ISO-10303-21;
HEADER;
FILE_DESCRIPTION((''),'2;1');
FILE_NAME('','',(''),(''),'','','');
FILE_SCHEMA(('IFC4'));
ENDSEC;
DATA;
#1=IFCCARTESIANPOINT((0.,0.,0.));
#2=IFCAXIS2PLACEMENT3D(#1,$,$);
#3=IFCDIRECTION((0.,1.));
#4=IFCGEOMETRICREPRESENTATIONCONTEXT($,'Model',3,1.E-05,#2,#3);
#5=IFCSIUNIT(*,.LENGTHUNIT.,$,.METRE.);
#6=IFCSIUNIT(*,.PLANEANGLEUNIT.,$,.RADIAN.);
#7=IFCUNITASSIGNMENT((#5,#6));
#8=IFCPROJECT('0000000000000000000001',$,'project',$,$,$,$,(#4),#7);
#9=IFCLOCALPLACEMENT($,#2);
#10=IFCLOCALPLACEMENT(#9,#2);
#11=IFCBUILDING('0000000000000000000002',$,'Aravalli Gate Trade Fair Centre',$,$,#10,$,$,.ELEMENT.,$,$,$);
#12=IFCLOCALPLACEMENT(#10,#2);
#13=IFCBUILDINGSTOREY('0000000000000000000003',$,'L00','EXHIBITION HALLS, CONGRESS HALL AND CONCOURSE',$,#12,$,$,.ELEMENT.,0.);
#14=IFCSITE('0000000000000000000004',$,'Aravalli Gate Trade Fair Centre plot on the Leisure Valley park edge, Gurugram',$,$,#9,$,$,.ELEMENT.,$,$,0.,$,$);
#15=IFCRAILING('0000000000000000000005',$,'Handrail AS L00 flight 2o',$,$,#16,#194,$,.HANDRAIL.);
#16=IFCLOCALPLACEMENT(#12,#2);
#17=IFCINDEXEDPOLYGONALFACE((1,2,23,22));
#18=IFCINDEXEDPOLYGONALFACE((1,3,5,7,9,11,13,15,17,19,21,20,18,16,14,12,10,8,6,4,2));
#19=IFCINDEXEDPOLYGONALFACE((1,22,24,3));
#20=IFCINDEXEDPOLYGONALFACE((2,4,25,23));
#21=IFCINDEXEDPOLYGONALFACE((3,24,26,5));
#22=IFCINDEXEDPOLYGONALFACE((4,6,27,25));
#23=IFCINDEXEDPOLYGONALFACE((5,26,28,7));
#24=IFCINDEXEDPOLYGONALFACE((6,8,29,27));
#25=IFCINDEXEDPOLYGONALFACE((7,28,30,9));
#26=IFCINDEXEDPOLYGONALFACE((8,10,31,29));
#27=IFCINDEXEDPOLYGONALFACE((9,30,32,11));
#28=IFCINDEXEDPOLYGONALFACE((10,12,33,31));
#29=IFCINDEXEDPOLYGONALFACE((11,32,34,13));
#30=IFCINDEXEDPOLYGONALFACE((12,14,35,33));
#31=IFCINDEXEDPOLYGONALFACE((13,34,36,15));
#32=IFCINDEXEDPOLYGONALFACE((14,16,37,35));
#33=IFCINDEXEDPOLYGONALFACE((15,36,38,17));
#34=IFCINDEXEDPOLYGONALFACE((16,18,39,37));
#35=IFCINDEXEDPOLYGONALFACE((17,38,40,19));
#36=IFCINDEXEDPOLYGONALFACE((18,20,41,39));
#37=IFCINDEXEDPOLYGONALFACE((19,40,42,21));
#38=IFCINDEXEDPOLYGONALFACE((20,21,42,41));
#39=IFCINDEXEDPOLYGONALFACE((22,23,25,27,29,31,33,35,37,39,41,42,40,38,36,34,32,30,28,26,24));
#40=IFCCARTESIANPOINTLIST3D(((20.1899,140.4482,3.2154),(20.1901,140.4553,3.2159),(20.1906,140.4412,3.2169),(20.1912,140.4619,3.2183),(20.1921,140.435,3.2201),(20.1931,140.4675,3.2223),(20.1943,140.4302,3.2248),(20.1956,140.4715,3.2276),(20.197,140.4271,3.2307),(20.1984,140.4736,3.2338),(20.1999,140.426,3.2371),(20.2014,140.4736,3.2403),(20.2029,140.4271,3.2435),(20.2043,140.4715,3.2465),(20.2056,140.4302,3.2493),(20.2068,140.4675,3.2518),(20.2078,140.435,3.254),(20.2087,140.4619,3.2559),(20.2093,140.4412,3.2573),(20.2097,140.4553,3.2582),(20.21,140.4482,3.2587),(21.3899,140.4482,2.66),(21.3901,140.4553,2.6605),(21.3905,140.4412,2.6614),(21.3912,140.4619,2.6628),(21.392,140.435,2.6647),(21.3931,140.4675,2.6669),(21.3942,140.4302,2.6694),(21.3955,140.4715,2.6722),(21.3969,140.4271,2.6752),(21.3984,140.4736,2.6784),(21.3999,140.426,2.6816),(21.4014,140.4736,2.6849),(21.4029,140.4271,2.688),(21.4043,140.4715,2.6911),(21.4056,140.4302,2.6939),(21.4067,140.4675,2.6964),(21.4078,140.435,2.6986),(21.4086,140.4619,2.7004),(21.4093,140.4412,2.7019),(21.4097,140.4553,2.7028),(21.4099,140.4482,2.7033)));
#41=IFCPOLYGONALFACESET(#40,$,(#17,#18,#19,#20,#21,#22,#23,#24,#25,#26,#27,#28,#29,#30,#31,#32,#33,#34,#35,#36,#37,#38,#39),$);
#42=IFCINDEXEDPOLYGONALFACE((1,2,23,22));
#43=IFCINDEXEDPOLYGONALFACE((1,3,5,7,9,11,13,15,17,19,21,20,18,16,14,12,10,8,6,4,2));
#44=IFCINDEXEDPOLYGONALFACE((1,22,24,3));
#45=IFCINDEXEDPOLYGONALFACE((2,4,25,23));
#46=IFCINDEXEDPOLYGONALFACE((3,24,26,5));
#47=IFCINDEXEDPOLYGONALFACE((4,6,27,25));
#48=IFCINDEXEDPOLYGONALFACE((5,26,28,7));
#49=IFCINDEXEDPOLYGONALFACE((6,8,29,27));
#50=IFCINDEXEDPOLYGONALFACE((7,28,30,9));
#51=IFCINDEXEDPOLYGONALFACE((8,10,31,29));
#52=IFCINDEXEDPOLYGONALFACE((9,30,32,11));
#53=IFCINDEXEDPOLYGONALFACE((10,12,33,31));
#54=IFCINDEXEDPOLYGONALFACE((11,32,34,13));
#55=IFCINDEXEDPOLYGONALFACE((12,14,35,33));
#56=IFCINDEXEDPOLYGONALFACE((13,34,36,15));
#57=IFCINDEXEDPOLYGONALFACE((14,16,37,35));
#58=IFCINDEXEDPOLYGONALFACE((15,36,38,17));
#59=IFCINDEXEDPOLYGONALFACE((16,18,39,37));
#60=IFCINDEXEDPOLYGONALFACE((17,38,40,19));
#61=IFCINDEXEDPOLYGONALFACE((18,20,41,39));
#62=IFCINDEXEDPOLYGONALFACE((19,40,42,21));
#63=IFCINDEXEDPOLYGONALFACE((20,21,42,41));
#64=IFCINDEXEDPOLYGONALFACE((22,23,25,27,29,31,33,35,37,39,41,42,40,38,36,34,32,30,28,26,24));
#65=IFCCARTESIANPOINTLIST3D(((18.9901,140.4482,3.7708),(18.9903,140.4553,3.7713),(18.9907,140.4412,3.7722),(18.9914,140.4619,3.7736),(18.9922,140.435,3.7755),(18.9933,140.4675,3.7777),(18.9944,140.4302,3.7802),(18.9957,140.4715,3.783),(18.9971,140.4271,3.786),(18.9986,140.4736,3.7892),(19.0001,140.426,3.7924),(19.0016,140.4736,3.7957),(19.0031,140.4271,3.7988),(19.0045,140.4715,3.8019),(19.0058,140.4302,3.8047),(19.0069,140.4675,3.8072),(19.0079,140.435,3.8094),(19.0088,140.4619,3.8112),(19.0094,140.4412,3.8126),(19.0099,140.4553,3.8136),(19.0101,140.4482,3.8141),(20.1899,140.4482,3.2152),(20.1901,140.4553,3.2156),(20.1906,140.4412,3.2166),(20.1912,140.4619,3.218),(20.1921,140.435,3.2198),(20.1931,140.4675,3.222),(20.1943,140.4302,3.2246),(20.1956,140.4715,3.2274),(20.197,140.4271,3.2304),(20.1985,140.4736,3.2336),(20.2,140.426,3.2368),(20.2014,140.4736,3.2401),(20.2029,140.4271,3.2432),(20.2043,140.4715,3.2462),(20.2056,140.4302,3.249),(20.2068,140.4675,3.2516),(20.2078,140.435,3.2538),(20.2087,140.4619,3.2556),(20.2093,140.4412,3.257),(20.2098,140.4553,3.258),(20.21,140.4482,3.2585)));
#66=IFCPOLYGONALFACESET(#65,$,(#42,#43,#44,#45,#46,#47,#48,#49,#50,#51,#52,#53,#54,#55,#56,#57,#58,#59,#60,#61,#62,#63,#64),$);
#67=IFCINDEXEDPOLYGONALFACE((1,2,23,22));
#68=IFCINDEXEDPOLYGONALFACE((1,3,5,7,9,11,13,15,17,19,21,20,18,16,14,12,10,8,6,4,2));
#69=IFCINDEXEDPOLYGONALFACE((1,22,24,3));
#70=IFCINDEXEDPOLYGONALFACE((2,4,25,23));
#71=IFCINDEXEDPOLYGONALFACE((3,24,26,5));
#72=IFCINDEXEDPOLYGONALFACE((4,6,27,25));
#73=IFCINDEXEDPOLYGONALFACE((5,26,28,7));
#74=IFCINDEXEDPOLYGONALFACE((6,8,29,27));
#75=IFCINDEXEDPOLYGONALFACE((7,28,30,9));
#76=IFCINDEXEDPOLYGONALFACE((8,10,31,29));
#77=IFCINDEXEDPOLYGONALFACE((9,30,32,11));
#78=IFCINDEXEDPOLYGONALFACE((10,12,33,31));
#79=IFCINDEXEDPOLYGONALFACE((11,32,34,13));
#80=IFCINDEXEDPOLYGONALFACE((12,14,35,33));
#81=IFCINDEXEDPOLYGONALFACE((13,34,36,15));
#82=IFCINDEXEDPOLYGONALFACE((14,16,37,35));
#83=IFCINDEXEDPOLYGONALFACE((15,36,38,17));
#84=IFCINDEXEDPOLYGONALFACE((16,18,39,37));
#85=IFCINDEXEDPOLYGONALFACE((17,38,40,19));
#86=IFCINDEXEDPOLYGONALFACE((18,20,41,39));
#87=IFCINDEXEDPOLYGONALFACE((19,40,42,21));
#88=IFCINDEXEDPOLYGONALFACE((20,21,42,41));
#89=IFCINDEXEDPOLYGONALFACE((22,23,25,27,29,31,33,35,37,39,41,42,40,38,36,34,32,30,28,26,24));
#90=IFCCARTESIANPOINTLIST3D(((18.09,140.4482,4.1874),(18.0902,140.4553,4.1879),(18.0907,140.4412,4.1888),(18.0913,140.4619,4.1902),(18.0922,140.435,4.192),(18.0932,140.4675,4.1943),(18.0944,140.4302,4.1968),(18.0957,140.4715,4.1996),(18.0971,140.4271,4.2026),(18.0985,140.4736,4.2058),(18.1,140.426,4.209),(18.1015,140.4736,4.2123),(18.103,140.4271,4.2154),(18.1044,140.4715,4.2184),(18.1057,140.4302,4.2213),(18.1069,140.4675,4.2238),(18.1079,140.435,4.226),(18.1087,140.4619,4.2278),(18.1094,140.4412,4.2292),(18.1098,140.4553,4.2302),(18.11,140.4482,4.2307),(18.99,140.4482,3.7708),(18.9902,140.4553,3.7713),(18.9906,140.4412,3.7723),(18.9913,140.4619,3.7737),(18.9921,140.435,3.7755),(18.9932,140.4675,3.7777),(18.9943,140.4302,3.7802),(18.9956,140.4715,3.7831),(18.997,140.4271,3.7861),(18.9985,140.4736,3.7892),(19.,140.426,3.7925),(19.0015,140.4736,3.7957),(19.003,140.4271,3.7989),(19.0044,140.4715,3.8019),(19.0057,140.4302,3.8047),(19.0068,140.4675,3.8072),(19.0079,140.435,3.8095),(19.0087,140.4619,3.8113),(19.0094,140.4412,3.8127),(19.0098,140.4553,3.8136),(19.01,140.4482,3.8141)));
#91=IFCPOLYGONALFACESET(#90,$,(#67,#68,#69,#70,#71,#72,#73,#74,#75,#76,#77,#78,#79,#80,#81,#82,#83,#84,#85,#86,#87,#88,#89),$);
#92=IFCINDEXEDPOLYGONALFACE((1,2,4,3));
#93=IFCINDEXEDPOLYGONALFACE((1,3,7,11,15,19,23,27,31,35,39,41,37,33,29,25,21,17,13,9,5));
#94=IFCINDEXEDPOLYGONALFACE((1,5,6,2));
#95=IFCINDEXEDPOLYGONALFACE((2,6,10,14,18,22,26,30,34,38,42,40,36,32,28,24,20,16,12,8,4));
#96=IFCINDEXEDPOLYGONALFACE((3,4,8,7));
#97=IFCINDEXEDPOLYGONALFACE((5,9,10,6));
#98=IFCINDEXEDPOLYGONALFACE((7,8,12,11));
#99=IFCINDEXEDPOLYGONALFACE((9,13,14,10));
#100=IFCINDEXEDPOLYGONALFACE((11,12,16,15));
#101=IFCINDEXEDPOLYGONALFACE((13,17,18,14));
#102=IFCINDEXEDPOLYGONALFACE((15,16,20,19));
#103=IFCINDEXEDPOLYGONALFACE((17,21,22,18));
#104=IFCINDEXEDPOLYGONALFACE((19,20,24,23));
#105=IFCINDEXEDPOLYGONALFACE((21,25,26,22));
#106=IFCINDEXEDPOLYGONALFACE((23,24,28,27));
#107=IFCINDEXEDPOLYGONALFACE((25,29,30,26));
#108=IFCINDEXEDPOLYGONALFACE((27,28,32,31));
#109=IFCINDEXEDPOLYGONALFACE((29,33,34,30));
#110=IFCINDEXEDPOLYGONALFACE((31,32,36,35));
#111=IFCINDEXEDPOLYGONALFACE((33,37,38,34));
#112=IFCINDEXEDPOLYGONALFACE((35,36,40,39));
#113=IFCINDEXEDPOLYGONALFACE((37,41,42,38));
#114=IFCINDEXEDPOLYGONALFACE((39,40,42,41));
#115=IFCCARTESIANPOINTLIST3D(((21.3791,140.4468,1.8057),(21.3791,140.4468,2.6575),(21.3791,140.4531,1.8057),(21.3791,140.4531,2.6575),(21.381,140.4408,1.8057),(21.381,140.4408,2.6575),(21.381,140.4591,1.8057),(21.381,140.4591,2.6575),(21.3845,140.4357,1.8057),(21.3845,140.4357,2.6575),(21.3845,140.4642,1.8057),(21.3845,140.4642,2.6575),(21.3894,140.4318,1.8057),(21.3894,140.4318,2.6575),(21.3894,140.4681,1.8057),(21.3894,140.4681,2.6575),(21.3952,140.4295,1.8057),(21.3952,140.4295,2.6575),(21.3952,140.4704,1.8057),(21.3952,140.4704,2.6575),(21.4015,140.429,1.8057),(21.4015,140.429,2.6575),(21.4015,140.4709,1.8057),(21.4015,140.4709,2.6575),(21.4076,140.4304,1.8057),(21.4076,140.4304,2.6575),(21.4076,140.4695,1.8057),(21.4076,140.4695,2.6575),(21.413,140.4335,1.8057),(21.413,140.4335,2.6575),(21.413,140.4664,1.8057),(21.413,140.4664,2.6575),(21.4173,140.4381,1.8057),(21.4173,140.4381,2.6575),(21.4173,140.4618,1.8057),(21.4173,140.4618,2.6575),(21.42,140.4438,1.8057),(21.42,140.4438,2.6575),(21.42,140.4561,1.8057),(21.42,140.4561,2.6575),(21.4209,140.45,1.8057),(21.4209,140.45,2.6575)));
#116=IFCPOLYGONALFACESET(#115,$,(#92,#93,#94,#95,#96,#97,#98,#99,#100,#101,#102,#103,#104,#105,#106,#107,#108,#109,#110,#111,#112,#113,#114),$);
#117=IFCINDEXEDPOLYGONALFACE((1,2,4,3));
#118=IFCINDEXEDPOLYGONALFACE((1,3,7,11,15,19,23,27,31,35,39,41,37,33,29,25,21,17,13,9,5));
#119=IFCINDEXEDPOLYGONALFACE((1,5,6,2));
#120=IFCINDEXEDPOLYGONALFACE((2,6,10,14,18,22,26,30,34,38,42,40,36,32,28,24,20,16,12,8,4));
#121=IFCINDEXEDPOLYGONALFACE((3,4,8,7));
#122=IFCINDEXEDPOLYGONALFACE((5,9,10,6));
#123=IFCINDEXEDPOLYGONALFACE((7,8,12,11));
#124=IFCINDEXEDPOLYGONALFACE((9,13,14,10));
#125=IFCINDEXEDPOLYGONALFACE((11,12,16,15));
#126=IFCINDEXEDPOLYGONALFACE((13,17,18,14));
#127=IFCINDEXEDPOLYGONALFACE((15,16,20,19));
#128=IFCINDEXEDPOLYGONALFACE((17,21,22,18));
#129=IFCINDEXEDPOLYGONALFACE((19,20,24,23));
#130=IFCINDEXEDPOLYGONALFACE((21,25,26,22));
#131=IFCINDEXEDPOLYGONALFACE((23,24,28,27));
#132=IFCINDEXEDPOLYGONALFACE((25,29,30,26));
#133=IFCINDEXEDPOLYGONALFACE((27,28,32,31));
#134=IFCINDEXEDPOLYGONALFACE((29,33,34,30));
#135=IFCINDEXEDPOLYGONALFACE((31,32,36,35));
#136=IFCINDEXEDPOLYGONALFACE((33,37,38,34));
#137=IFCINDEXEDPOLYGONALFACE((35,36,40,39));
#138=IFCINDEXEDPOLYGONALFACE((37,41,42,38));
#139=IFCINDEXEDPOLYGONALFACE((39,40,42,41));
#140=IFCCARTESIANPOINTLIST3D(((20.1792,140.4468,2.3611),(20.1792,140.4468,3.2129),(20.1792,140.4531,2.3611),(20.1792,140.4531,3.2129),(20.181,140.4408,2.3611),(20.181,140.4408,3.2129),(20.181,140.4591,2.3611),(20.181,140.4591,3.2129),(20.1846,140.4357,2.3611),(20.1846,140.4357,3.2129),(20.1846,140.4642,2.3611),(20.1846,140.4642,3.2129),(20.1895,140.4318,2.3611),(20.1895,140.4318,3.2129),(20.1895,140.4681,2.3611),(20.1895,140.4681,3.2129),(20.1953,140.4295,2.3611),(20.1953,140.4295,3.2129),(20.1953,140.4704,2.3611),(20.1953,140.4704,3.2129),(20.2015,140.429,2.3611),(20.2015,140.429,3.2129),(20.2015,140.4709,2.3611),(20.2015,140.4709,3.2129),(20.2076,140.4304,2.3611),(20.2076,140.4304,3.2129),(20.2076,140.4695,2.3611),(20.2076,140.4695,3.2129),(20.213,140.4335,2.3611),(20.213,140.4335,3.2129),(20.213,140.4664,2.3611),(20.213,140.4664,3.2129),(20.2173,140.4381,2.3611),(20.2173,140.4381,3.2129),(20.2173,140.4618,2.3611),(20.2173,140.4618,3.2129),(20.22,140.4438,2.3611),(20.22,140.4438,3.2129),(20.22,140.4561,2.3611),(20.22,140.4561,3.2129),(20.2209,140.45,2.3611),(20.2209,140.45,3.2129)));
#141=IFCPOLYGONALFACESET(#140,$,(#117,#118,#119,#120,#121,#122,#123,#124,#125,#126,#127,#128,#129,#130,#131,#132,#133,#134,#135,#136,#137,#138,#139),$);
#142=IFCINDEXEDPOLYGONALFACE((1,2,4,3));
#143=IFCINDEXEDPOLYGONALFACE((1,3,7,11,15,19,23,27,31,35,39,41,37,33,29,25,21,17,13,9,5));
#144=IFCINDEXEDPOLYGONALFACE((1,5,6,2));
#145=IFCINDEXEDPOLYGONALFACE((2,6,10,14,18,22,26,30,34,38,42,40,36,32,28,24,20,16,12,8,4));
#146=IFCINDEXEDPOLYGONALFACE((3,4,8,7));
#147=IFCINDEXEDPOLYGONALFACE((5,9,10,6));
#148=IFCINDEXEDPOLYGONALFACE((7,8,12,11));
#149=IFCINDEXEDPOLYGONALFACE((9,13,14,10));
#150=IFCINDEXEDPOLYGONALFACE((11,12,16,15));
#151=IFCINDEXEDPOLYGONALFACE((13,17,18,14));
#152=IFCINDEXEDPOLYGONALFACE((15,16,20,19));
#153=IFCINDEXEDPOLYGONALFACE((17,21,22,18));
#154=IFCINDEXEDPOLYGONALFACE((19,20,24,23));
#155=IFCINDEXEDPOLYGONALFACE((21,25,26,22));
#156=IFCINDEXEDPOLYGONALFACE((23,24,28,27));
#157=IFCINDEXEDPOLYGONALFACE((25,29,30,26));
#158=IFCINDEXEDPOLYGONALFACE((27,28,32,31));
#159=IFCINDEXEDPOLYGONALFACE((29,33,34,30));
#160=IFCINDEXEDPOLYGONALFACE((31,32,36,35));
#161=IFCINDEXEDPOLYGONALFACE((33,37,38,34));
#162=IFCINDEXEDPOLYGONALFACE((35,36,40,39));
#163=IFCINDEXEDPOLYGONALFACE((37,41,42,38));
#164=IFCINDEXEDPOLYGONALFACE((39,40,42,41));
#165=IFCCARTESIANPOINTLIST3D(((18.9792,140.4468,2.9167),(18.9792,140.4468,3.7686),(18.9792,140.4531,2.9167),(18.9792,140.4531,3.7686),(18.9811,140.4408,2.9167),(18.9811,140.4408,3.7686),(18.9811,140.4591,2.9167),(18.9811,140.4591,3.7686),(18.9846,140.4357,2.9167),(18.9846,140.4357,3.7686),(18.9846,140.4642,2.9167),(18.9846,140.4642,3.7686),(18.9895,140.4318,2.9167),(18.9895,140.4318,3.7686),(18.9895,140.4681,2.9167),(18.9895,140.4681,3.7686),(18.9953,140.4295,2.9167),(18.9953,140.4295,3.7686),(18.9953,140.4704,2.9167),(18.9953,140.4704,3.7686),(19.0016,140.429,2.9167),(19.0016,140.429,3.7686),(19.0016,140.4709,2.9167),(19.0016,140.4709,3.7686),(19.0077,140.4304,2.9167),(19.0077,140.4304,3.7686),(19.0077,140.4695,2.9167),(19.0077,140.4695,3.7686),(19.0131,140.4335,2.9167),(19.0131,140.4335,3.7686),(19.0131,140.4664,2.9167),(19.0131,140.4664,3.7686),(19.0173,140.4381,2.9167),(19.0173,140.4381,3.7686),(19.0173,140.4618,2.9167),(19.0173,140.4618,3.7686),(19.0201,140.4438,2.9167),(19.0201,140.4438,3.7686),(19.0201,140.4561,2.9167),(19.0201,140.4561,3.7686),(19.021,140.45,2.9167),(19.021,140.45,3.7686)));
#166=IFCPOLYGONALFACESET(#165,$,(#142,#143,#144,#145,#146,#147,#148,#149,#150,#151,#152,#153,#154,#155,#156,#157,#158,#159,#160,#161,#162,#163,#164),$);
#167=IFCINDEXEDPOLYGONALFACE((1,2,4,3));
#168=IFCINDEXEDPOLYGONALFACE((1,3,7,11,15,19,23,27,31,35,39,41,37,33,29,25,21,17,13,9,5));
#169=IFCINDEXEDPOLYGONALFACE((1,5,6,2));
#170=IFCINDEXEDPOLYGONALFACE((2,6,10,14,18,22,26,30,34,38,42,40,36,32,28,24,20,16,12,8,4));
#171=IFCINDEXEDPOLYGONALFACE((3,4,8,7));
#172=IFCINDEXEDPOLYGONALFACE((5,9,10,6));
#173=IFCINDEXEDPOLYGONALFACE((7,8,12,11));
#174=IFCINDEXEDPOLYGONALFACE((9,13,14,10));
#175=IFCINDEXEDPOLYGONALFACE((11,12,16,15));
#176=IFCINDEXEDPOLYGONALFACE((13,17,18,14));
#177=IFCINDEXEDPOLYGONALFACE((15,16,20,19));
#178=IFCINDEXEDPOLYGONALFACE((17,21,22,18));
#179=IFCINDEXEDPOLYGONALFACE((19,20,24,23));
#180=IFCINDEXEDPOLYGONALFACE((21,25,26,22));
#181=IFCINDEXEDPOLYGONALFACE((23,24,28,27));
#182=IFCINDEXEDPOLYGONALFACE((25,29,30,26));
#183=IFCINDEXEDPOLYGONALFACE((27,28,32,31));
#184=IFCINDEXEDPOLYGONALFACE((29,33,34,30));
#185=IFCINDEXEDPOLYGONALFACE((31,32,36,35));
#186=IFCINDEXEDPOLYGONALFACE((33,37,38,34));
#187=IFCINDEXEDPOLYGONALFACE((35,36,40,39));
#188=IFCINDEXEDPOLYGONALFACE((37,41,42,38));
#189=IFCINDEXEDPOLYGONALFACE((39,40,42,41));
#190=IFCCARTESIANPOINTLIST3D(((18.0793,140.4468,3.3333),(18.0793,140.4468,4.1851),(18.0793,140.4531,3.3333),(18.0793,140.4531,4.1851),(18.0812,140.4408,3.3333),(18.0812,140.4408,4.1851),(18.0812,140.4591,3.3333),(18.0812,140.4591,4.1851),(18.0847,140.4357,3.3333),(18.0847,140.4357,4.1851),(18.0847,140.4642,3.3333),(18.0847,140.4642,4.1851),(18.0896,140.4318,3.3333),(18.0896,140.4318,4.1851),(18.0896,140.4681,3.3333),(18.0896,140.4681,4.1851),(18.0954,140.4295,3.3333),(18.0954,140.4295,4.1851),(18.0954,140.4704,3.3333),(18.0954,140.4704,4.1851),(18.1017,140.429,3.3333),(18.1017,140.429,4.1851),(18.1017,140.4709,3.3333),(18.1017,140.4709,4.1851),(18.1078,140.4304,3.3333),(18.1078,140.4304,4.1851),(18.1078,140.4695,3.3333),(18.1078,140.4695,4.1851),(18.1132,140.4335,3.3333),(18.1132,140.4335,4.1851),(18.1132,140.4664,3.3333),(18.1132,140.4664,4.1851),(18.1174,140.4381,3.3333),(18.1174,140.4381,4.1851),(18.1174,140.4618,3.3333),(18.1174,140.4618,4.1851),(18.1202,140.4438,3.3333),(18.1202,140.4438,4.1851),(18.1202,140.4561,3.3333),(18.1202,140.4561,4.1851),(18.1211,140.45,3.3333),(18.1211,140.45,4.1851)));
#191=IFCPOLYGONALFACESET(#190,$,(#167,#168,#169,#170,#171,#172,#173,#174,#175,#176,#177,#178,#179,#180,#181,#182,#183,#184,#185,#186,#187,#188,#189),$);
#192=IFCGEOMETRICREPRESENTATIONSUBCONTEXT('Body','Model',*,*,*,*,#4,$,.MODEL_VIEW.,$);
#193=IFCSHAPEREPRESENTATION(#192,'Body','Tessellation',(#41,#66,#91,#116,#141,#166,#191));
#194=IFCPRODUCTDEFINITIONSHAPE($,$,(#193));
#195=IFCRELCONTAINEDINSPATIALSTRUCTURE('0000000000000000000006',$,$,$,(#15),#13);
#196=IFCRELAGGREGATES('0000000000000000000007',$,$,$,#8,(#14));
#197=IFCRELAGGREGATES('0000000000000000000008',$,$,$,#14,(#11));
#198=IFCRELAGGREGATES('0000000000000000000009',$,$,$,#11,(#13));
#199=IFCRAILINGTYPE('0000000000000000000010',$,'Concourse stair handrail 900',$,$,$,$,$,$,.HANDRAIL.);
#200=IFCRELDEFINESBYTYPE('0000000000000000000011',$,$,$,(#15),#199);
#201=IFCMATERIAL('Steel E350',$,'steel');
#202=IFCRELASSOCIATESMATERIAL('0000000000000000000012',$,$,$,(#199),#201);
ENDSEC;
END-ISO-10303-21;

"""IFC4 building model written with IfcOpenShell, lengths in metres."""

from ifc_helpers import new_model, si_unit, direction, frame, origin, origin_2d, place, context, subcontext, project, spatial, circle, extrude, material, type_object, element, save


model = new_model("IFC4")

# Units and contexts
model_context = context("Model", 3, precision=1e-05, world=origin(), true_north=direction((0.0, 1.0)))
body_context = subcontext(model_context, "Body", "Model", "MODEL_VIEW")
ifc_project = project(units=[si_unit("LENGTHUNIT", "METRE"), si_unit("PLANEANGLEUNIT", "RADIAN")], contexts=[model_context])

# Site, building, storey
site_placement = place(None, origin())
site = spatial("IfcSite", under=ifc_project, at=site_placement, Name="Aravalli Gate Trade Fair Centre plot on the Leisure Valley park edge, Gurugram", CompositionType="ELEMENT", RefElevation=0.0)
building_placement = place(site_placement, origin())
building = spatial("IfcBuilding", under=site, at=building_placement, Name="Aravalli Gate Trade Fair Centre", CompositionType="ELEMENT")
storey_placement = place(building_placement, origin())
storey = spatial("IfcBuildingStorey", under=building, at=storey_placement, Name="L00", Description="EXHIBITION HALLS, CONGRESS HALL AND CONCOURSE", CompositionType="ELEMENT", Elevation=0.0)

# Railing
ifc_material_1 = material(Name="Steel E350", Category="steel")
railing_type_1 = type_object("IfcRailingType", Name="Concourse stair handrail 900", PredefinedType="HANDRAIL", material=ifc_material_1)
for number, where, name in (
    (1, (21.3999, 140.45, 1.8057), "Handrail AS L00 flight 2o"),
):
    element("IfcRailing", number, at=place(storey_placement, frame(where)), inside=storey, type_object=railing_type_1, Name=name, PredefinedType="HANDRAIL", context=body_context, shape_type="SweptSolid", body=[
        extrude(circle(Radius=0.0239, at=origin_2d()), frame((0.0, 0.0, 0.876), z_axis=(-0.907499, 0.0, 0.420053), x_axis=(0.0, -1.0, 0.0)), (0.0, 0.0, 1.0), 1.3223),
        extrude(circle(Radius=0.0239, at=origin_2d()), frame((-1.2, 0.0, 1.4312), z_axis=(-0.907429, 0.0, 0.420205), x_axis=(0.0, -1.0, 0.0)), (0.0, 0.0, 1.0), 1.3223),
        extrude(circle(Radius=0.0239, at=origin_2d()), frame((-2.3999, 0.0, 1.9868), z_axis=(-0.907512, 0.0, 0.420026), x_axis=(0.0, -1.0, 0.0)), (0.0, 0.0, 1.0), 0.9917),
        extrude(circle(Radius=0.021, at=origin_2d()), origin(), (0.0, 0.0, 1.0), 0.8518),
        extrude(circle(Radius=0.021, at=origin_2d()), frame((-1.2, 0.0, 0.5554)), (0.0, 0.0, 1.0), 0.8518),
        extrude(circle(Radius=0.021, at=origin_2d()), frame((-2.3999, 0.0, 1.1111)), (0.0, 0.0, 1.0), 0.8518),
        extrude(circle(Radius=0.021, at=origin_2d()), frame((-3.2998, 0.0, 1.5276)), (0.0, 0.0, 1.0), 0.8518),
    ])

save(model, "model.ifc")
